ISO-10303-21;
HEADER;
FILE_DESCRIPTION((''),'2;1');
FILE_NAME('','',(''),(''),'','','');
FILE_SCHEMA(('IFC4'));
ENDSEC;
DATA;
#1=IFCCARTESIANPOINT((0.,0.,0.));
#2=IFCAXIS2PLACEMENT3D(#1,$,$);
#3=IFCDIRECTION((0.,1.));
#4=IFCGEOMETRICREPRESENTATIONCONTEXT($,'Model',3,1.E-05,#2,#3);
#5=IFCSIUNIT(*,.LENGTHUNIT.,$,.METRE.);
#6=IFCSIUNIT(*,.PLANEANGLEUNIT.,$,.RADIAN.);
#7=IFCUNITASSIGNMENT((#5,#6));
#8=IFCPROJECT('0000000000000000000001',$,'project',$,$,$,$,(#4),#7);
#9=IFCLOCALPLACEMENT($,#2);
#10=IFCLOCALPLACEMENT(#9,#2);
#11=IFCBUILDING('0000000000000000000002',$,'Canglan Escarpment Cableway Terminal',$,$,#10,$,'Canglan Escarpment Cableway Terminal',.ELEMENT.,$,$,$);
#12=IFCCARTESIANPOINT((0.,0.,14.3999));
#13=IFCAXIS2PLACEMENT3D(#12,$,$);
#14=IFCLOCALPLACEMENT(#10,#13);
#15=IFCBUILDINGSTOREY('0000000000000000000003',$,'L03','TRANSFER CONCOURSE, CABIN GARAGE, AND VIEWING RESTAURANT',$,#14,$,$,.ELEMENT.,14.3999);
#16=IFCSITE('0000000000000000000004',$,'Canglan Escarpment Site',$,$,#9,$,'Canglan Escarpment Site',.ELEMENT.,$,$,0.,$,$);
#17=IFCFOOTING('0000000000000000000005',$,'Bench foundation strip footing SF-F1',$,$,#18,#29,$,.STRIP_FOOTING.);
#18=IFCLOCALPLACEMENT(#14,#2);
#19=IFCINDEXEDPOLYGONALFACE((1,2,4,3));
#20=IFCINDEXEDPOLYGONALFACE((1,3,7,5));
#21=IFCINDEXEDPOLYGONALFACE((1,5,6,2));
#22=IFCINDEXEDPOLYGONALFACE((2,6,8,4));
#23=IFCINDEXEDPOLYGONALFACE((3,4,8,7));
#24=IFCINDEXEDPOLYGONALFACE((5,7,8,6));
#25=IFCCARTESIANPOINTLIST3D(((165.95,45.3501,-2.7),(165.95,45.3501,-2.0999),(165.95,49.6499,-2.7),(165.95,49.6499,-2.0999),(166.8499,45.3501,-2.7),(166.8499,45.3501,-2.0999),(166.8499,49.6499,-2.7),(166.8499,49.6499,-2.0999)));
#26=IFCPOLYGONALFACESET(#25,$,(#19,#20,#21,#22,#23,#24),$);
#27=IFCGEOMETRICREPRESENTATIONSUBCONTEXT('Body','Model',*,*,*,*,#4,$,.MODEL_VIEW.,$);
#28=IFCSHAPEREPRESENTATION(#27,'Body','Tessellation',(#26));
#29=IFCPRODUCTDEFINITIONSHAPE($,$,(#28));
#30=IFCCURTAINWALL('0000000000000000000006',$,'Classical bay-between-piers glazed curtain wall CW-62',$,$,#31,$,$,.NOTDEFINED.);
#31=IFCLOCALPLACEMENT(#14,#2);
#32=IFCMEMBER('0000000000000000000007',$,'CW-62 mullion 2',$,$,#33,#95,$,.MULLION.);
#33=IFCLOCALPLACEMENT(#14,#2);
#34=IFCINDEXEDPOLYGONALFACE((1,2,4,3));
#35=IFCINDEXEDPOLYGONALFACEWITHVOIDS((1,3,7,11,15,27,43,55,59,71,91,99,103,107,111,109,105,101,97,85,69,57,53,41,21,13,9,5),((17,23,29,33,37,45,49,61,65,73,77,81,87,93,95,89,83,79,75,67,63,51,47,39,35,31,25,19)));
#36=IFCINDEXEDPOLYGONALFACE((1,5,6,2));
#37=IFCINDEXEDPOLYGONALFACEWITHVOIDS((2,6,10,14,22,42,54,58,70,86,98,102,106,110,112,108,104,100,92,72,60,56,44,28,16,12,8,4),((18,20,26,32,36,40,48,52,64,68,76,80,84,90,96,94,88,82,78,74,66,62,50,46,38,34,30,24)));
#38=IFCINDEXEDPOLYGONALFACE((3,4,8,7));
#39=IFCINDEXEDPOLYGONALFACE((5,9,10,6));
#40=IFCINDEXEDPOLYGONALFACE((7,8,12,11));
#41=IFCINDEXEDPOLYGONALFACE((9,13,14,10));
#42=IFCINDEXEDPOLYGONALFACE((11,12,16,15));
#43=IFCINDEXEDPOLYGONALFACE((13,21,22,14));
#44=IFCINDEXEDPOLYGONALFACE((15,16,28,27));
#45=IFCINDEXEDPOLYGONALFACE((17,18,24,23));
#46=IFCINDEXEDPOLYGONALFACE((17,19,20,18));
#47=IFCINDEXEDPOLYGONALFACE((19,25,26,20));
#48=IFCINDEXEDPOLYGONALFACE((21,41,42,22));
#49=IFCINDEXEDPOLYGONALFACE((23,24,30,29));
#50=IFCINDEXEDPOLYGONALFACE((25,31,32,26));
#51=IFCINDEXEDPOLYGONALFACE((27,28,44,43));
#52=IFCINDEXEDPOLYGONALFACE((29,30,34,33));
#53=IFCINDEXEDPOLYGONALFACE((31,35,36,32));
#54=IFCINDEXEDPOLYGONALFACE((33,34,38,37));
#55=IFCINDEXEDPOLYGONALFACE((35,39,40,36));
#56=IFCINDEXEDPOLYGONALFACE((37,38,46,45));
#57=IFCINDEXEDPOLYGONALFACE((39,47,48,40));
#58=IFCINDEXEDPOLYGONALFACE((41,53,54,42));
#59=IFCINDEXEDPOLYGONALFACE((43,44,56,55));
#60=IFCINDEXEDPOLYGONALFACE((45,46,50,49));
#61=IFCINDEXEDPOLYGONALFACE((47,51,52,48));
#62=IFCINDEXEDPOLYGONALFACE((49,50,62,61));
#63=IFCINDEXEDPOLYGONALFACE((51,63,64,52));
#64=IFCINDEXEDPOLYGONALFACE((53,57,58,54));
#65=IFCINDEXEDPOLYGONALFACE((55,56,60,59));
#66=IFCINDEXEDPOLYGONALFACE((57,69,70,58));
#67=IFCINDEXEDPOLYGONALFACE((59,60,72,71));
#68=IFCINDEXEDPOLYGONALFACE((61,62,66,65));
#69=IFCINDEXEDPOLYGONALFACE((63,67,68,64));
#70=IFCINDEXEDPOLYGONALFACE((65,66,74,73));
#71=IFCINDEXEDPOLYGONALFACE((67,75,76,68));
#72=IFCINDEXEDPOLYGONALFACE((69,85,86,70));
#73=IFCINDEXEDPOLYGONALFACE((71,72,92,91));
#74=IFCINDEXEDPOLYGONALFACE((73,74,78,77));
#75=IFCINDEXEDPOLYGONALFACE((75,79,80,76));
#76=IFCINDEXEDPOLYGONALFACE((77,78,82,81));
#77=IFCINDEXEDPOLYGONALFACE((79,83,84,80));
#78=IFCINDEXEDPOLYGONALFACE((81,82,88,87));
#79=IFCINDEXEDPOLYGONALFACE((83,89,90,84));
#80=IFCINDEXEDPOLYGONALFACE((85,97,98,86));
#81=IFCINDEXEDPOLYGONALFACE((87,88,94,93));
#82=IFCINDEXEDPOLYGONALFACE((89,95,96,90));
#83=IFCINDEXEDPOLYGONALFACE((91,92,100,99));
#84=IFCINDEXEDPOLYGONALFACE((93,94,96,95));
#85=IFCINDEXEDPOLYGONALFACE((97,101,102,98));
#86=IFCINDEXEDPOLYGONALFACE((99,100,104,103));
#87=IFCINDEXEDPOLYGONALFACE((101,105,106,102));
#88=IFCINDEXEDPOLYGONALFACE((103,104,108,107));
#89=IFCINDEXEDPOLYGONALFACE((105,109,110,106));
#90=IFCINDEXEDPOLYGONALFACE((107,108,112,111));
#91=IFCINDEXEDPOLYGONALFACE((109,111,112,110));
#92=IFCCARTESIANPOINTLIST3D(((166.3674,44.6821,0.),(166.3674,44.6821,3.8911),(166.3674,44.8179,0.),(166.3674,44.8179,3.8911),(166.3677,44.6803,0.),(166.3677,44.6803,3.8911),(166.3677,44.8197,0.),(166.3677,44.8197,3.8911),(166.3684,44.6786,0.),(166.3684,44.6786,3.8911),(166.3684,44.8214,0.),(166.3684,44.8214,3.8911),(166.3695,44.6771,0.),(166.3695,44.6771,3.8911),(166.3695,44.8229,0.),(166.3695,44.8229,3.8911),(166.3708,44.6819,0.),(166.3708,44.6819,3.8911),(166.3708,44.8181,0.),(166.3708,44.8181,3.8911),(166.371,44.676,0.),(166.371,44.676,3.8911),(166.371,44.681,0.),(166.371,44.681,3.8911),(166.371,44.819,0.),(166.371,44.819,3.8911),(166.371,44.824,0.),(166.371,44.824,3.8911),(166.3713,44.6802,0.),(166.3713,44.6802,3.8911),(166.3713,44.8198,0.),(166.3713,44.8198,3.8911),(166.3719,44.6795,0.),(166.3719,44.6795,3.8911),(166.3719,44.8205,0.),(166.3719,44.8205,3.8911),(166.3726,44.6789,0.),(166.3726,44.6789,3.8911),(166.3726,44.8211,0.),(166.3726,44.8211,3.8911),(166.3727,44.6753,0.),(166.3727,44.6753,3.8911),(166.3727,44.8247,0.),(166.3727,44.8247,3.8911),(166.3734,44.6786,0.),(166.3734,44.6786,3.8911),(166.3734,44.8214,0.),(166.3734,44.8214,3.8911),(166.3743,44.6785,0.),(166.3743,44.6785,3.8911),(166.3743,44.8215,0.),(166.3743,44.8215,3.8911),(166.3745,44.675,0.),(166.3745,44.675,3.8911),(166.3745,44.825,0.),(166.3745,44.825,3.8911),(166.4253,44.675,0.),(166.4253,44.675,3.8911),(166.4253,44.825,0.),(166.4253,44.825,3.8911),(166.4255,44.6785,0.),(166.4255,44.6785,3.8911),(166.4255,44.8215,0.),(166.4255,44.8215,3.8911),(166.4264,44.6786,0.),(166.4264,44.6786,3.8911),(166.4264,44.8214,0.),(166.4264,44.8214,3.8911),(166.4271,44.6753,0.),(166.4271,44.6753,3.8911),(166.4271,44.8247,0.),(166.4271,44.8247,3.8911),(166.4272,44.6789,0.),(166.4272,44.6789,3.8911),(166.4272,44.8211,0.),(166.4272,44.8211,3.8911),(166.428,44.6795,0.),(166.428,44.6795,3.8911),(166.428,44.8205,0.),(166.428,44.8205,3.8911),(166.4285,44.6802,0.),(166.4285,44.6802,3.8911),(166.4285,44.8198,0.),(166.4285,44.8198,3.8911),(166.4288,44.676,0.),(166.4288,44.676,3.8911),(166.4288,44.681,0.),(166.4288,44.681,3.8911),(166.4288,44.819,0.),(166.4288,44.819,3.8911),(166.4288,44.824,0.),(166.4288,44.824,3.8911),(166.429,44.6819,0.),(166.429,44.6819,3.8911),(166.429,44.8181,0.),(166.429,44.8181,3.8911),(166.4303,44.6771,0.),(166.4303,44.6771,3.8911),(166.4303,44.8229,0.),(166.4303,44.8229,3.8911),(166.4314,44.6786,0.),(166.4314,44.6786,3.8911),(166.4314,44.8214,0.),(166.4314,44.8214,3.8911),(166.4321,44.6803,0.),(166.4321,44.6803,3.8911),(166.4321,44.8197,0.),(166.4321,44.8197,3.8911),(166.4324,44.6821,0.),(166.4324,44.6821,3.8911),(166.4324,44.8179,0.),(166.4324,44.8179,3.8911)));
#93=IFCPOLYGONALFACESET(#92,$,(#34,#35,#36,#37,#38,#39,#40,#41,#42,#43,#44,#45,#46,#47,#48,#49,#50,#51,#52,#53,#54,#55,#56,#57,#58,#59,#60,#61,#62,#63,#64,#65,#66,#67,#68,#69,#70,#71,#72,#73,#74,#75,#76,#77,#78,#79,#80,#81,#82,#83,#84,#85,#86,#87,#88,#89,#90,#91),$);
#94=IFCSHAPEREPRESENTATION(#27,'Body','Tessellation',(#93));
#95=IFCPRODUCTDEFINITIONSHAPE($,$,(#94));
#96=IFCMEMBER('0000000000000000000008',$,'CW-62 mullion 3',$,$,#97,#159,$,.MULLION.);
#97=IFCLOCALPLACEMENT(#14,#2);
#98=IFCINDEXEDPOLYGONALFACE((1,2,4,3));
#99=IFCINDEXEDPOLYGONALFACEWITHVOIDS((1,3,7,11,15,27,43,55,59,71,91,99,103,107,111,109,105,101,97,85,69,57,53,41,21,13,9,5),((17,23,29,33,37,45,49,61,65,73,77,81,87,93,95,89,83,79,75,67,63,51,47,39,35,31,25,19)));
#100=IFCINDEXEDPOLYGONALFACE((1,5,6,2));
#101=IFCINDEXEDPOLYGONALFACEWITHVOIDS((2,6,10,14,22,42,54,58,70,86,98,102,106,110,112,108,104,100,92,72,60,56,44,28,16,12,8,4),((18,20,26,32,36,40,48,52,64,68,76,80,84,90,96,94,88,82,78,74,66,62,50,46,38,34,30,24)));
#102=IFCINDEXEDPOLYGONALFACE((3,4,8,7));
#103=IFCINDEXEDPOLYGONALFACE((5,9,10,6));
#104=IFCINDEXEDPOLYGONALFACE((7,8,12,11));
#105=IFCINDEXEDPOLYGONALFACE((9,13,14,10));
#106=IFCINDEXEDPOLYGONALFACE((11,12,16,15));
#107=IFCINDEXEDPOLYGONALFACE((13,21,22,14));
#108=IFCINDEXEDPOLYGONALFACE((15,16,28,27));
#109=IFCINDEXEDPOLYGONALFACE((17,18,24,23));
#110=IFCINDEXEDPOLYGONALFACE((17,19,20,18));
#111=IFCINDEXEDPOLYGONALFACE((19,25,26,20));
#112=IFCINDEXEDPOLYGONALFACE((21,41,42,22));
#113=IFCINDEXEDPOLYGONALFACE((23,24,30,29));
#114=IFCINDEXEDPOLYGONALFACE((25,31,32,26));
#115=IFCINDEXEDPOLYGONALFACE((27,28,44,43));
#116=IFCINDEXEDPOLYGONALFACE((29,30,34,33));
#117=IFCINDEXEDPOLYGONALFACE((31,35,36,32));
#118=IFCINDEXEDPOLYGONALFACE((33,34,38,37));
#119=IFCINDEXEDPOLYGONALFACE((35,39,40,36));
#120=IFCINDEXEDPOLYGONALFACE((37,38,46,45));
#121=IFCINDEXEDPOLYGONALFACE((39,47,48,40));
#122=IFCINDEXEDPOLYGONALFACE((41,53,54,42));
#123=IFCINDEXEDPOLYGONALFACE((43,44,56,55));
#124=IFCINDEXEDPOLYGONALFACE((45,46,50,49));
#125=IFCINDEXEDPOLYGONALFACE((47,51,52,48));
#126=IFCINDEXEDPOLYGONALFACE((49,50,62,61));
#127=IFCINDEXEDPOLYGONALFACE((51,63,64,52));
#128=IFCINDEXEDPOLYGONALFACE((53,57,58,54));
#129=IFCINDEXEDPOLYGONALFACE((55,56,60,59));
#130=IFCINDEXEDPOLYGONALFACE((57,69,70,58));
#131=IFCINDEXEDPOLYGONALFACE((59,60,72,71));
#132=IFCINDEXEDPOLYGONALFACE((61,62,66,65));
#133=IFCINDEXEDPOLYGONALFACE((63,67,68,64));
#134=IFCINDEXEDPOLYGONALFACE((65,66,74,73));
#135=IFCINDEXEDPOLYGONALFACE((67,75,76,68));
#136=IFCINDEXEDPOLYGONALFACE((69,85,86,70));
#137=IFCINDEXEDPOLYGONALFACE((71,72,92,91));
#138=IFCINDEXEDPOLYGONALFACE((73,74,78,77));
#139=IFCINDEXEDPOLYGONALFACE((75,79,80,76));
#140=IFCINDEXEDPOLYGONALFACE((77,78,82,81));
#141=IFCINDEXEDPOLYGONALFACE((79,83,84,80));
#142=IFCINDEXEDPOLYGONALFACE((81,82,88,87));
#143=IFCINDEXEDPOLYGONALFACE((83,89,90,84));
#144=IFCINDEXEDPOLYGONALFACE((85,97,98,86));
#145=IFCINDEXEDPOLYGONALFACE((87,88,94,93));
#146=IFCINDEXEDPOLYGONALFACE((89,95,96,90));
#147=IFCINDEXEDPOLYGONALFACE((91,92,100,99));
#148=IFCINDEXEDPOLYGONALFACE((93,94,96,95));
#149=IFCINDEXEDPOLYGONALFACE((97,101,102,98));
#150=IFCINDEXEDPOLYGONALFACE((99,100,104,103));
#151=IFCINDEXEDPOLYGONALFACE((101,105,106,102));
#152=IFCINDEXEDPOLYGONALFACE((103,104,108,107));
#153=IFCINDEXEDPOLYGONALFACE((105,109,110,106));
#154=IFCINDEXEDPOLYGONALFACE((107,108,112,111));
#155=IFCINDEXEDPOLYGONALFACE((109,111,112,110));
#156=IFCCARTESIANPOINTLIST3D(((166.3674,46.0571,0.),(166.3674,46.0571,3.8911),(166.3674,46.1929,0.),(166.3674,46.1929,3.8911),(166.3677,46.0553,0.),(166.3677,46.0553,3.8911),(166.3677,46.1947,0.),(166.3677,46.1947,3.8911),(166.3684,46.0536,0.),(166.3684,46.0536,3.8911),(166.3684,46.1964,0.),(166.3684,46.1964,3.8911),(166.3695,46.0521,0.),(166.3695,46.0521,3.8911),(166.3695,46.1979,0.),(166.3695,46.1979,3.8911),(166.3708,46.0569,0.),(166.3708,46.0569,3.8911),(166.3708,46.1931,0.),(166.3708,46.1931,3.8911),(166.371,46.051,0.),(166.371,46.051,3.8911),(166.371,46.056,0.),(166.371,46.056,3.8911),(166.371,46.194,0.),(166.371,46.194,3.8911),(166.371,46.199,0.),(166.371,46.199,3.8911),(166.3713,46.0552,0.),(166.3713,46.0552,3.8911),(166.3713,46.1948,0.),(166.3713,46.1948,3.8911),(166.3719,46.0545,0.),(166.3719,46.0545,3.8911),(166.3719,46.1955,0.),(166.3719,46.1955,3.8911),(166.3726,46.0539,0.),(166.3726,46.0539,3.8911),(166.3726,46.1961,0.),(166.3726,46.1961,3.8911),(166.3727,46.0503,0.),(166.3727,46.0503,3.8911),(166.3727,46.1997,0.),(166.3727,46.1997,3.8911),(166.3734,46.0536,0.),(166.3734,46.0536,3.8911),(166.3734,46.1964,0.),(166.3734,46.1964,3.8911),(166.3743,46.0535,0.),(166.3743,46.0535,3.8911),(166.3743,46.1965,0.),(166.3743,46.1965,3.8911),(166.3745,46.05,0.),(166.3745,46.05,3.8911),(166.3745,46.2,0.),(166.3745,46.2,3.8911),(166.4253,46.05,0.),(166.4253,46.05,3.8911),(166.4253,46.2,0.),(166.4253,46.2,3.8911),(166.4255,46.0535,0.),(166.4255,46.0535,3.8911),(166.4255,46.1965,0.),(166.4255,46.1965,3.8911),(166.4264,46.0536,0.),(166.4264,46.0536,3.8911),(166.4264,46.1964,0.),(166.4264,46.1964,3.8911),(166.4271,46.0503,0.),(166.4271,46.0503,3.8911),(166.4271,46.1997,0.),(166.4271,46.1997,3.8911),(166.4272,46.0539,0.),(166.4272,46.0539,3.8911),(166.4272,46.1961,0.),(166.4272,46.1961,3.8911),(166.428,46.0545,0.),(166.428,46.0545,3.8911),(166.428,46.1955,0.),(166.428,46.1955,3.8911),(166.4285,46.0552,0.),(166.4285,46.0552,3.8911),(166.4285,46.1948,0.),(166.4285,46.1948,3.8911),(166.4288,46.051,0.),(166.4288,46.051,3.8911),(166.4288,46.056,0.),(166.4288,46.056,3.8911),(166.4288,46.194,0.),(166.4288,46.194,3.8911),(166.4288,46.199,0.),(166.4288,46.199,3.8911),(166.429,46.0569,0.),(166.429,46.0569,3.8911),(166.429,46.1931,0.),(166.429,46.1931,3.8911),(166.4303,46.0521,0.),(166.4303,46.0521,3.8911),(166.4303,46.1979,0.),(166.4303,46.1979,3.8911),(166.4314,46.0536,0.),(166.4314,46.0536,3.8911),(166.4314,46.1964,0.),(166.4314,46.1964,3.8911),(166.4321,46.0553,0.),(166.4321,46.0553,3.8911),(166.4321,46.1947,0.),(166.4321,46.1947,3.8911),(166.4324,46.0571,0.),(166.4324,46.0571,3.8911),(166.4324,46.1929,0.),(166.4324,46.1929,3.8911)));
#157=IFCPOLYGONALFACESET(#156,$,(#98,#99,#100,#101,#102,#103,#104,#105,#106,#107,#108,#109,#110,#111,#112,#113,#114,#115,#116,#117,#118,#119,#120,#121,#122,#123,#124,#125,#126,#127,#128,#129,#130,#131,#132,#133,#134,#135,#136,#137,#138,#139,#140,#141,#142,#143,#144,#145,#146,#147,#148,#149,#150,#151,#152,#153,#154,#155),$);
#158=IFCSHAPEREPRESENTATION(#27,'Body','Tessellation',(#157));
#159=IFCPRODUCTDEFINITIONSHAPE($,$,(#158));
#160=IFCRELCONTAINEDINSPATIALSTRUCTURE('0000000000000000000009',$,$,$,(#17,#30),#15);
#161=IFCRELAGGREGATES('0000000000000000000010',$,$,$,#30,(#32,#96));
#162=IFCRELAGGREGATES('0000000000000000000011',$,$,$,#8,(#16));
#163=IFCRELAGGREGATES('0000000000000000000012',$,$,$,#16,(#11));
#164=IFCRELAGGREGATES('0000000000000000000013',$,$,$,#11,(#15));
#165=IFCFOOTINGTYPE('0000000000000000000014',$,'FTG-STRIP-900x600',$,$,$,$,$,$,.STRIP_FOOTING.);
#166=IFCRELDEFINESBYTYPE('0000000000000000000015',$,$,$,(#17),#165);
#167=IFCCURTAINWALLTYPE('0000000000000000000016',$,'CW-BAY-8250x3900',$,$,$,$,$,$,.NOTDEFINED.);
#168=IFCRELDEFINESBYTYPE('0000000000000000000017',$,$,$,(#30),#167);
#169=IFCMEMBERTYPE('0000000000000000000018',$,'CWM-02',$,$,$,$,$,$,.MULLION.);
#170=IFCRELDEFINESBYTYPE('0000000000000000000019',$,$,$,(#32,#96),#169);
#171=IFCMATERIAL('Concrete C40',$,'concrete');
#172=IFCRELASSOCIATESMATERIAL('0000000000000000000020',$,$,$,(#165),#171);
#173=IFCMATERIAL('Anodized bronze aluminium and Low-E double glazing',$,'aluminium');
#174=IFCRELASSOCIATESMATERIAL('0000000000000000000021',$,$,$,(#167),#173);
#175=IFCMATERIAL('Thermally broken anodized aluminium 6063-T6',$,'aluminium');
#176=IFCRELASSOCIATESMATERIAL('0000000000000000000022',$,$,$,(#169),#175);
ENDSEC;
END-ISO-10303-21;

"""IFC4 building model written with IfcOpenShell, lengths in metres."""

from ifc_helpers import new_model, si_unit, direction, frame, origin, origin_2d, place, context, subcontext, project, spatial, rectangle, hollow_rectangle, extrude, material, material_profile, profile_set, type_object, element, aggregate, save


model = new_model("IFC4")

# Units and contexts
model_context = context("Model", 3, precision=1e-05, world=origin(), true_north=direction((0.0, 1.0)))
body_context = subcontext(model_context, "Body", "Model", "MODEL_VIEW")
ifc_project = project(units=[si_unit("LENGTHUNIT", "METRE"), si_unit("PLANEANGLEUNIT", "RADIAN")], contexts=[model_context])

# Site, building, storey
site_placement = place(None, origin())
site = spatial("IfcSite", under=ifc_project, at=site_placement, Name="Canglan Escarpment Site", LongName="Canglan Escarpment Site", CompositionType="ELEMENT", RefElevation=0.0)
building_placement = place(site_placement, origin())
building = spatial("IfcBuilding", under=site, at=building_placement, Name="Canglan Escarpment Cableway Terminal", LongName="Canglan Escarpment Cableway Terminal", CompositionType="ELEMENT")
storey_placement = place(building_placement, frame((0.0, 0.0, 14.3999)))
storey = spatial("IfcBuildingStorey", under=building, at=storey_placement, Name="L03", Description="TRANSFER CONCOURSE, CABIN GARAGE, AND VIEWING RESTAURANT", CompositionType="ELEMENT", Elevation=14.3999)

# Footing
ifc_material_1 = material(Name="Concrete C40", Category="concrete")
ifc_material_profile_1 = material_profile(ifc_material_1, rectangle(XDim=0.8999, YDim=0.6001, at=origin_2d()), Name="SF 900x600")
ifc_profile_set_1 = profile_set([ifc_material_profile_1], Name="Concrete C40")
footing_type = type_object("IfcFootingType", Name="FTG-STRIP-900x600", PredefinedType="STRIP_FOOTING", material=ifc_profile_set_1)
footing_placement = place(storey_placement, frame((166.3999, 45.3501, -2.3999), z_axis=(0.0, 1.0, 0.0), x_axis=(-1.0, 0.0, 0.0)))
element("IfcFooting", 1, at=footing_placement, inside=storey, type_object=footing_type, Name="Bench foundation strip footing SF-F1", PredefinedType="STRIP_FOOTING", context=body_context, shape_type="SweptSolid", body=[
    extrude(rectangle(XDim=0.8999, YDim=0.6001, at=origin_2d()), origin(), (0.0, 0.0, 1.0), 4.2998),
])

# Curtain wall, members
ifc_material_2 = material(Name="Anodized bronze aluminium and Low-E double glazing", Category="aluminium")
curtain_wall_type = type_object("IfcCurtainWallType", Name="CW-BAY-8250x3900", PredefinedType="NOTDEFINED", material=ifc_material_2)
curtain_wall_placement = place(storey_placement, origin())
curtain_wall = element("IfcCurtainWall", 2, at=curtain_wall_placement, inside=storey, type_object=curtain_wall_type, Name="Classical bay-between-piers glazed curtain wall CW-62", PredefinedType="NOTDEFINED")
ifc_material_3 = material(Name="Thermally broken anodized aluminium 6063-T6", Category="aluminium")
ifc_material_profile_2 = material_profile(ifc_material_3, hollow_rectangle(XDim=0.0649, YDim=0.1499, WallThickness=0.0034, InnerFilletRadius=0.0034, OuterFilletRadius=0.0071, at=origin_2d()), Name="ALU-MULL 65x150x3.5")
ifc_profile_set_2 = profile_set([ifc_material_profile_2], Name="Thermally broken anodized aluminium 6063-T6")
member_type_1 = type_object("IfcMemberType", Name="CWM-02", PredefinedType="MULLION", material=ifc_profile_set_2)
member_1_placement = place(storey_placement, frame((166.3999, 44.75, 0.0), z_axis=(0.0, 0.0, 1.0), x_axis=(-1.0, 0.0, 0.0)))
member_1 = element("IfcMember", 3, at=member_1_placement, type_object=member_type_1, Name="CW-62 mullion 2", PredefinedType="MULLION", context=body_context, shape_type="SweptSolid", body=[
    extrude(hollow_rectangle(XDim=0.0649, YDim=0.1499, WallThickness=0.0034, InnerFilletRadius=0.0034, OuterFilletRadius=0.0071, at=origin_2d()), origin(), (0.0, 0.0, 1.0), 3.8911),
])
member_2_placement = place(storey_placement, frame((166.3999, 46.125, 0.0), z_axis=(0.0, 0.0, 1.0), x_axis=(-1.0, 0.0, 0.0)))
member_2 = element("IfcMember", 4, at=member_2_placement, type_object=member_type_1, Name="CW-62 mullion 3", PredefinedType="MULLION", context=body_context, shape_type="SweptSolid", body=[
    extrude(hollow_rectangle(XDim=0.0649, YDim=0.1499, WallThickness=0.0034, InnerFilletRadius=0.0034, OuterFilletRadius=0.0071, at=origin_2d()), origin(), (0.0, 0.0, 1.0), 3.8911),
])
aggregate(curtain_wall, [member_1, member_2])

save(model, "model.ifc")
